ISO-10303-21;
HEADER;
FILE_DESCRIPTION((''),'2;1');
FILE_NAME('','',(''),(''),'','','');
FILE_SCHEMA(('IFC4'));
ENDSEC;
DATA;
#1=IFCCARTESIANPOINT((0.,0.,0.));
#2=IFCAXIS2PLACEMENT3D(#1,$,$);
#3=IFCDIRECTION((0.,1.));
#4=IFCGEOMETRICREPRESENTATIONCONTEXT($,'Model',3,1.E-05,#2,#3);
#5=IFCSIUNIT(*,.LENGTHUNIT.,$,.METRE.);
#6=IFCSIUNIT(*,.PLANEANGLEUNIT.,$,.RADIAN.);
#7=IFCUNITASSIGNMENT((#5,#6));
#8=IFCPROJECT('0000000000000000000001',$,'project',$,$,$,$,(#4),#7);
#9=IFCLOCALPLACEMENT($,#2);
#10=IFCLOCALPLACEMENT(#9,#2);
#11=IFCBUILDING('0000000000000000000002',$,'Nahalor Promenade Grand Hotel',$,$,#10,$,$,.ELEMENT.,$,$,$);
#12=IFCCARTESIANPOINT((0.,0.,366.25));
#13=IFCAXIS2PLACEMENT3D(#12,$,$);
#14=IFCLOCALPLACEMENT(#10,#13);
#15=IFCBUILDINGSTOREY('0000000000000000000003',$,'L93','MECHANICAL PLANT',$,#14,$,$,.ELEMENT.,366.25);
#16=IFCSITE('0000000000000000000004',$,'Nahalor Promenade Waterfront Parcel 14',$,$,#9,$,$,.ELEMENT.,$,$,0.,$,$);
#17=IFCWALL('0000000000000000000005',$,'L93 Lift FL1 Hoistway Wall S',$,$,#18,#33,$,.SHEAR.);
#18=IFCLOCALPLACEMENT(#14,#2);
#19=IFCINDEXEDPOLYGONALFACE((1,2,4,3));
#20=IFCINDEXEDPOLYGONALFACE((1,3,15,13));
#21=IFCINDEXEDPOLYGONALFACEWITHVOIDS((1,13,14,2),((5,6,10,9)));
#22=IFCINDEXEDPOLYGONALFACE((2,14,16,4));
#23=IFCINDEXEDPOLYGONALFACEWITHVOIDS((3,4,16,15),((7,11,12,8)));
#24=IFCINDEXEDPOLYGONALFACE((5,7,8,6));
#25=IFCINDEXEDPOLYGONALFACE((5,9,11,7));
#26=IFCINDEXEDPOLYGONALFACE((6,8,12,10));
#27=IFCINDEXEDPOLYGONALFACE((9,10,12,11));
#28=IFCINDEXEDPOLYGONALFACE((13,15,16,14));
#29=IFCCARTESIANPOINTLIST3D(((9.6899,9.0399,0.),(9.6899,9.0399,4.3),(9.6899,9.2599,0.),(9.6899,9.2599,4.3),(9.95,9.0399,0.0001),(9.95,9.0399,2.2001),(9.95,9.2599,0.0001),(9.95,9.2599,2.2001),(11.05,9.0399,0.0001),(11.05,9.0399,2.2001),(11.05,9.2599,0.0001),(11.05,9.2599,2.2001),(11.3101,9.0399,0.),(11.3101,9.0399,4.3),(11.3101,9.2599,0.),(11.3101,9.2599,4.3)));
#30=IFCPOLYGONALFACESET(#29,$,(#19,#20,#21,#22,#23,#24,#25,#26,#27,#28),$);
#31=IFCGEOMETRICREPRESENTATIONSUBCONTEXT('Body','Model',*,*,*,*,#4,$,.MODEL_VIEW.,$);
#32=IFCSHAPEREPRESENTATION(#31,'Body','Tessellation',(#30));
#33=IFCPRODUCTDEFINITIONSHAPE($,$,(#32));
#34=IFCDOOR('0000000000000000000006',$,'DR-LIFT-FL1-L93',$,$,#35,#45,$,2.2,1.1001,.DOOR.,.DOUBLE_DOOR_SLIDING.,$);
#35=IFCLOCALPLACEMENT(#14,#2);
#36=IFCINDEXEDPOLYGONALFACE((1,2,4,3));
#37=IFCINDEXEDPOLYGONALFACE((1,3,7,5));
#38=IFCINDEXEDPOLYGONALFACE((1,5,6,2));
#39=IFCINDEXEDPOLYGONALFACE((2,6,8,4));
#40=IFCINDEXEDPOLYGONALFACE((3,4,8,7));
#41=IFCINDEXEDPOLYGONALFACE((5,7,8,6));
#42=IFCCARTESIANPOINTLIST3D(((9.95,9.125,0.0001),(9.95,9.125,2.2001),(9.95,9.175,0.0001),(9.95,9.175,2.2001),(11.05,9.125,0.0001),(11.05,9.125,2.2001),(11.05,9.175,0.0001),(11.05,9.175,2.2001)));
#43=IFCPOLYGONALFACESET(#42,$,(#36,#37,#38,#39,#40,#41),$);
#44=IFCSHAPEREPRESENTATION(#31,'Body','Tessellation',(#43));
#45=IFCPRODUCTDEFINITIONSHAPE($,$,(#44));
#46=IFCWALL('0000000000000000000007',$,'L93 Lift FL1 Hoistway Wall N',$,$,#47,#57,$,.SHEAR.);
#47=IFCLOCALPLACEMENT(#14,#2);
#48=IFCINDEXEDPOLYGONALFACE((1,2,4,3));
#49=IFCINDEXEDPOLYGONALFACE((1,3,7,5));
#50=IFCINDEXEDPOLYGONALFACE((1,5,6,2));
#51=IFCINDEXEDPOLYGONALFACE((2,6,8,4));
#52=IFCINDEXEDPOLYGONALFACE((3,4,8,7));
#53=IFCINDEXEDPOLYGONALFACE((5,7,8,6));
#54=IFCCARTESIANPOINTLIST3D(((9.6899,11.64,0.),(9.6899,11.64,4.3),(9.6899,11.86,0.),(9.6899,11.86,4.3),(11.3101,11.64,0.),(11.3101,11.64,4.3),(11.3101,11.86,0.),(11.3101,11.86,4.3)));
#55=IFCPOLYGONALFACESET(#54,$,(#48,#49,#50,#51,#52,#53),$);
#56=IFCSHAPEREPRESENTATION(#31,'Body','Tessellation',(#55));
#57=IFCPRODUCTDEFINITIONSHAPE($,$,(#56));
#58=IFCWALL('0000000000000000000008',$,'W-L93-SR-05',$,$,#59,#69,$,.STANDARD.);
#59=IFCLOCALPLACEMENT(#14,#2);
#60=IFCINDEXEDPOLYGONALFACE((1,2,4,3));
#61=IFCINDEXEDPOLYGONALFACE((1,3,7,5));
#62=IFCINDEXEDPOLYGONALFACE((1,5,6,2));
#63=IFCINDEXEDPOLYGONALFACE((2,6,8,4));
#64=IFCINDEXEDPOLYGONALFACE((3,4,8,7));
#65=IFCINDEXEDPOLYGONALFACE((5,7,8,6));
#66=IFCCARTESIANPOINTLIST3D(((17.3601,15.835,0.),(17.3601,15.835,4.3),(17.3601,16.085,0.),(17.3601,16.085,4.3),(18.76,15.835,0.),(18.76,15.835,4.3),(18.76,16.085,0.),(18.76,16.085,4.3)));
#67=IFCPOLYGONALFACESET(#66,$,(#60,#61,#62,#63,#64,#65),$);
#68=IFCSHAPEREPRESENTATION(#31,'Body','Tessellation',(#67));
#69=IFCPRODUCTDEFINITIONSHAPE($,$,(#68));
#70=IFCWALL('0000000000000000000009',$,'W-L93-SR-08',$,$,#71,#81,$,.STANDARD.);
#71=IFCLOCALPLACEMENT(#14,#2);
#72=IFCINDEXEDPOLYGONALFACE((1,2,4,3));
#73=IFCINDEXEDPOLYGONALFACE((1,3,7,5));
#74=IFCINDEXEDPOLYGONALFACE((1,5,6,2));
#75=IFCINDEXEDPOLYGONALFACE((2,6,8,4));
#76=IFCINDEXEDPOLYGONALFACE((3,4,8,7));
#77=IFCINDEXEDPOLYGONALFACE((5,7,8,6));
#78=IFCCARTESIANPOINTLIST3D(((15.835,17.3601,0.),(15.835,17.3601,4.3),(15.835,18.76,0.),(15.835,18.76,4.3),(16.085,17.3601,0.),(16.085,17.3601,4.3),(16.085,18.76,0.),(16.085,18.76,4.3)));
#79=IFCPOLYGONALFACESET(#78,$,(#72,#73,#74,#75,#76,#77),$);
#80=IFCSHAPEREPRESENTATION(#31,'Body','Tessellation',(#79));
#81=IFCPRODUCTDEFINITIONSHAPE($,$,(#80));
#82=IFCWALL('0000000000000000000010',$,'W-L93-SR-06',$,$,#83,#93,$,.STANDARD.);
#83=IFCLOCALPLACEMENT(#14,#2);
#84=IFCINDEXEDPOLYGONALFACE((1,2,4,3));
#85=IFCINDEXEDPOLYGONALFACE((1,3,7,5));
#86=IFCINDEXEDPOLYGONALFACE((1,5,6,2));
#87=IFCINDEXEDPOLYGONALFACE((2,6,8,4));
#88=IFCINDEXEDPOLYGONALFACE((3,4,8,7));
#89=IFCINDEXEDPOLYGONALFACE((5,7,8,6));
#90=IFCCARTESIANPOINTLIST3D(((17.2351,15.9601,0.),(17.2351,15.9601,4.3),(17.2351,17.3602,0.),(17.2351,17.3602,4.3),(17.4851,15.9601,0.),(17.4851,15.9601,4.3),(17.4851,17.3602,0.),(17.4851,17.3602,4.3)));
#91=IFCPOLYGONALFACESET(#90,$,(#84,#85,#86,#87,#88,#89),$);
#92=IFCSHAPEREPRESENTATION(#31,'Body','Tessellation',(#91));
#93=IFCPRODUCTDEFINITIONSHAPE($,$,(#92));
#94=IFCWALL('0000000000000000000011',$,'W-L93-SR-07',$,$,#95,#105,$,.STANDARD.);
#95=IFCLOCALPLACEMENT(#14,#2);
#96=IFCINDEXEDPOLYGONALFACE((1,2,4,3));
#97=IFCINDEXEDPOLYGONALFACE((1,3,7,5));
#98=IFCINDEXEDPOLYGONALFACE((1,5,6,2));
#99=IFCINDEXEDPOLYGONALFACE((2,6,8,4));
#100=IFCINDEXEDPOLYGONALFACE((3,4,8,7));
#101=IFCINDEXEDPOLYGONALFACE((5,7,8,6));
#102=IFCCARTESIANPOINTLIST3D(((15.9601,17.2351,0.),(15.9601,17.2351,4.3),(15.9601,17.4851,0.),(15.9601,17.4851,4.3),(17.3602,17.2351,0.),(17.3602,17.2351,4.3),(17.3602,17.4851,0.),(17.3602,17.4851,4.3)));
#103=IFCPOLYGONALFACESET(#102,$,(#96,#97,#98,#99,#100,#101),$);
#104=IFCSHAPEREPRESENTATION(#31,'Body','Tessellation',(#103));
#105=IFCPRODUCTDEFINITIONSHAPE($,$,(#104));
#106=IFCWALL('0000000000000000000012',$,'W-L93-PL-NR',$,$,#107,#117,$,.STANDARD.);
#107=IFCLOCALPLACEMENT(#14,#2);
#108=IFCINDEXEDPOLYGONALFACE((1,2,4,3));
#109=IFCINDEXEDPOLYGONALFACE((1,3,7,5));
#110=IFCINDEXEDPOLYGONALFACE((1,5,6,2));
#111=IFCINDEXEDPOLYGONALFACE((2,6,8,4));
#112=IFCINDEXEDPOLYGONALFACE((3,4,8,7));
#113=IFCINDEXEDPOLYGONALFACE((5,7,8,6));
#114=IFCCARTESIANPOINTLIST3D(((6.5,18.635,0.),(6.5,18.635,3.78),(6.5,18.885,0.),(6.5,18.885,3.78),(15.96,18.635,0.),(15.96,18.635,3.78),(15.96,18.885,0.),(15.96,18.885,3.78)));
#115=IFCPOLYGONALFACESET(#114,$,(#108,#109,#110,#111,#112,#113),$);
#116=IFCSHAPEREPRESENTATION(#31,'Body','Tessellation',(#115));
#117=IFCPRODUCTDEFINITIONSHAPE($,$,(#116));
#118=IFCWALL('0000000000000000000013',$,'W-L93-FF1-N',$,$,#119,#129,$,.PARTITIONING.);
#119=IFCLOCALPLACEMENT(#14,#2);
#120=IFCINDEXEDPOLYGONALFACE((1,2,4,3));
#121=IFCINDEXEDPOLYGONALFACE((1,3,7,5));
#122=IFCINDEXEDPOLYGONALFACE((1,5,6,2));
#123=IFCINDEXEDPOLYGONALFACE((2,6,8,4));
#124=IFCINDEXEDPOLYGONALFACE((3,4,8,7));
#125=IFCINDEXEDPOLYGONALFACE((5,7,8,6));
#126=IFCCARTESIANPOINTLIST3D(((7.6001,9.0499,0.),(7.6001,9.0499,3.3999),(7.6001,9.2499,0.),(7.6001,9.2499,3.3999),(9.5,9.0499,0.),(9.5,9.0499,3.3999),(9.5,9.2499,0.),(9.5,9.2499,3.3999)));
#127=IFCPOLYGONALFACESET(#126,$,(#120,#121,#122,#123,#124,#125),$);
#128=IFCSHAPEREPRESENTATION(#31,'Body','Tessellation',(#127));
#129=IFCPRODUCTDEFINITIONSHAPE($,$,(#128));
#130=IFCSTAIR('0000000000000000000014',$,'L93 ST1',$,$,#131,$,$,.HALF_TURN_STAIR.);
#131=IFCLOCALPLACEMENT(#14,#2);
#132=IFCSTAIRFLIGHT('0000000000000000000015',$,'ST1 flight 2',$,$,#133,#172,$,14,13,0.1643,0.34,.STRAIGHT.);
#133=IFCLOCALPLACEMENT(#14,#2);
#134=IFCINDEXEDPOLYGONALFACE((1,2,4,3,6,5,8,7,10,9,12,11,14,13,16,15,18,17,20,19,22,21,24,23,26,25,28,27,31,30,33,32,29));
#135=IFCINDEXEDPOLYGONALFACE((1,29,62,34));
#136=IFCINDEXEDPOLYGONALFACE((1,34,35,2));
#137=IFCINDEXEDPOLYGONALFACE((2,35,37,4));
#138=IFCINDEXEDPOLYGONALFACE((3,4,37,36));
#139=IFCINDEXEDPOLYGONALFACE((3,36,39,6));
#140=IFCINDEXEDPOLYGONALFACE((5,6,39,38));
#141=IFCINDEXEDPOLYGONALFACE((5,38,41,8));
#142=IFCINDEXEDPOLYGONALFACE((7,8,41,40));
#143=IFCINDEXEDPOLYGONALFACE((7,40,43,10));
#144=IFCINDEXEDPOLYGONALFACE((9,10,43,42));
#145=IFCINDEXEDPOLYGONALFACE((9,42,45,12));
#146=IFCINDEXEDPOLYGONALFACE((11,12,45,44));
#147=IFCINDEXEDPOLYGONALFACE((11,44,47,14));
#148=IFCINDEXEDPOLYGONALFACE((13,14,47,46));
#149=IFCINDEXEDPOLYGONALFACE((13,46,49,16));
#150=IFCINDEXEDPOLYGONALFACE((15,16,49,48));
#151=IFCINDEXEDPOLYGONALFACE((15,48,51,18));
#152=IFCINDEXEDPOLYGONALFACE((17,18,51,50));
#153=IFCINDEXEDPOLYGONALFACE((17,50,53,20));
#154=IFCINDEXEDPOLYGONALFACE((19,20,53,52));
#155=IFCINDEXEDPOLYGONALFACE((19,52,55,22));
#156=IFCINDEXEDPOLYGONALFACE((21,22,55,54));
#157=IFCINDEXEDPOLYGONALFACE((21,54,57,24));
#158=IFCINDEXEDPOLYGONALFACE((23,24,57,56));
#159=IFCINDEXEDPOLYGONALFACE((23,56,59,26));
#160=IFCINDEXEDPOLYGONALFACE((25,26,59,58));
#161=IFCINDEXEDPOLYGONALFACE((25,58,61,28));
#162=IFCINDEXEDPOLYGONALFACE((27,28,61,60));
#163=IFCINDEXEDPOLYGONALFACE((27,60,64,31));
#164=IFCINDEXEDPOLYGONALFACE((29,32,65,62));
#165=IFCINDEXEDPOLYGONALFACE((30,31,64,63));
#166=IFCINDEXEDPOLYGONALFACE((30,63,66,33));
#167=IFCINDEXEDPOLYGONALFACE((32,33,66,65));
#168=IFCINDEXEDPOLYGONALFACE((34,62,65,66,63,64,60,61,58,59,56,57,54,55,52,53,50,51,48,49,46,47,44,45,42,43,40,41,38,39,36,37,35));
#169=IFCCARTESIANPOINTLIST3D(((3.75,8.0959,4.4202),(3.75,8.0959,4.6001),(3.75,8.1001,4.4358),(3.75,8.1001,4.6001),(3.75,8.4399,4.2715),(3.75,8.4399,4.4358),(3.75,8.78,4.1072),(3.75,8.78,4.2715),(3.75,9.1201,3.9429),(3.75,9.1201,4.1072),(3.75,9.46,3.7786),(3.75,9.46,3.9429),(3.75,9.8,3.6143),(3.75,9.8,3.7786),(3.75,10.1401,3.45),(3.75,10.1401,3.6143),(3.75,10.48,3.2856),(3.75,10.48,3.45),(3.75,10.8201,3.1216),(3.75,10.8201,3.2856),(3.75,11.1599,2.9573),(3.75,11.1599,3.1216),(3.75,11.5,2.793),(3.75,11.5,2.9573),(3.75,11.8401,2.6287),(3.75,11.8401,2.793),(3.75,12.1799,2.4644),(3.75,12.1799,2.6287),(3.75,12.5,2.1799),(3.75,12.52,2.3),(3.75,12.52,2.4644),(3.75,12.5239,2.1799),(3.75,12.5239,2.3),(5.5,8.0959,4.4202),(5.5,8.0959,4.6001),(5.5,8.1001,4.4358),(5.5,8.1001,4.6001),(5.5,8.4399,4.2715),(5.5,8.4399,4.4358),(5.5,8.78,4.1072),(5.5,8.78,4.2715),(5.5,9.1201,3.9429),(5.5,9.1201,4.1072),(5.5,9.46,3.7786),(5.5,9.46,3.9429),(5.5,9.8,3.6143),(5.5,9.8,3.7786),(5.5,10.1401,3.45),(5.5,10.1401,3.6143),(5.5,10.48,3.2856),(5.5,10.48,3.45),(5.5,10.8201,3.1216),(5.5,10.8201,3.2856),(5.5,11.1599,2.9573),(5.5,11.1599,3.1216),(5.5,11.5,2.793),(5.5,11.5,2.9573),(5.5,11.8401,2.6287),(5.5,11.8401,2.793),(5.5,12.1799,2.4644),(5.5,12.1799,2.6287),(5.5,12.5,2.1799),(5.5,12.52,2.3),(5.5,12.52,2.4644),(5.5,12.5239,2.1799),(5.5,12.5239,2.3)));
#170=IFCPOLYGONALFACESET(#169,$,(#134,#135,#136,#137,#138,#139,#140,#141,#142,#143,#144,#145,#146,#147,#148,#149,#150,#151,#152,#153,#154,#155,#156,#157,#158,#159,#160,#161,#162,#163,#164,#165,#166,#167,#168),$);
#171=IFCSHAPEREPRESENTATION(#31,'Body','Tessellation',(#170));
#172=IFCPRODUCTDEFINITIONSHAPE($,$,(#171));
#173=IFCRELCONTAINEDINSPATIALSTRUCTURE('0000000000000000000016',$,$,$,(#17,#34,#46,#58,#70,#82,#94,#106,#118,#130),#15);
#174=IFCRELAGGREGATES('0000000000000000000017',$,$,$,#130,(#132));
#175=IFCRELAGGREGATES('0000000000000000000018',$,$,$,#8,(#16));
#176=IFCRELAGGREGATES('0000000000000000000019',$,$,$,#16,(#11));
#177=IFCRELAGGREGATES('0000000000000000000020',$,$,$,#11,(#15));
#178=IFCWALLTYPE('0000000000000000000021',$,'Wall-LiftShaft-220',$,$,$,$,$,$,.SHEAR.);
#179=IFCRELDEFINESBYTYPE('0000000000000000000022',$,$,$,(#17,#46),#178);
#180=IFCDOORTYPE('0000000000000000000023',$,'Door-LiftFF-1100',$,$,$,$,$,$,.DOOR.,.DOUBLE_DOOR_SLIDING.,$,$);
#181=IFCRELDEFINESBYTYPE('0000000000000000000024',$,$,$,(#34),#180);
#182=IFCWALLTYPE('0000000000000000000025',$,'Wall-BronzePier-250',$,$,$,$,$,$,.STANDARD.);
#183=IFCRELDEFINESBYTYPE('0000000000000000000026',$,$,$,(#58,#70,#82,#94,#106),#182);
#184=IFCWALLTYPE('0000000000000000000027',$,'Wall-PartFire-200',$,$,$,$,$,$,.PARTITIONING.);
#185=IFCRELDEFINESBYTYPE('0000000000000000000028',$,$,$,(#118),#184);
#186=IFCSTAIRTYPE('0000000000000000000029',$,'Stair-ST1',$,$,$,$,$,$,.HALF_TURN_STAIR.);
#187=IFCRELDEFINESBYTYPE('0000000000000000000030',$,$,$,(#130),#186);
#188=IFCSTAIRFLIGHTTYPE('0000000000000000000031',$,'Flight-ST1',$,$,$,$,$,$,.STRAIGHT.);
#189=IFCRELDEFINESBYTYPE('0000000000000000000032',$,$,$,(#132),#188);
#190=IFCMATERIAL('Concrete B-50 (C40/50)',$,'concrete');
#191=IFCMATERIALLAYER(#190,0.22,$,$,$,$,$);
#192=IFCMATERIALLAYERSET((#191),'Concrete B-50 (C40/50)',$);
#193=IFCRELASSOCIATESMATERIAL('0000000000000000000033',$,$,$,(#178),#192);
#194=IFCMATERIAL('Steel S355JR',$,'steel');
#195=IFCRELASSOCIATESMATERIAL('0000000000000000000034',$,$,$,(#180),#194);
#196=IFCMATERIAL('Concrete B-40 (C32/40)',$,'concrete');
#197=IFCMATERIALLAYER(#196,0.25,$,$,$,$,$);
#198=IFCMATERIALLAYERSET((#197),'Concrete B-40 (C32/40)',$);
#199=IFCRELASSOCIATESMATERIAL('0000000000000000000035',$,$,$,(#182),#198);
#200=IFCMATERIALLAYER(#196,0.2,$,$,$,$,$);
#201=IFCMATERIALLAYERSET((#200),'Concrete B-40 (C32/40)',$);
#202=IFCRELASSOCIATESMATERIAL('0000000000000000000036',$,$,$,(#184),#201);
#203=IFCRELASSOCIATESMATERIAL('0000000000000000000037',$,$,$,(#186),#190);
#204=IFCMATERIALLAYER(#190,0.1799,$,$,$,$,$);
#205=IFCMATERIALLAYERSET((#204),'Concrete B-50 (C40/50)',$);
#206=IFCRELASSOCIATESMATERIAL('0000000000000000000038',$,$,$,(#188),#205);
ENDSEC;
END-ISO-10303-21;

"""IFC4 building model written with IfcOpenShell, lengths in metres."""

from ifc_helpers import new_model, si_unit, direction, frame, frame_2d, origin, place, context, subcontext, project, spatial, polyline, rectangle, outline, extrude, source, transform, mapped, material, layer, layer_set, type_object, element, fill, aggregate, save


model = new_model("IFC4")

# Units and contexts
model_context = context("Model", 3, precision=1e-05, world=origin(), true_north=direction((0.0, 1.0)))
body_context = subcontext(model_context, "Body", "Model", "MODEL_VIEW")
ifc_project = project(units=[si_unit("LENGTHUNIT", "METRE"), si_unit("PLANEANGLEUNIT", "RADIAN")], contexts=[model_context])

# Site, building, storey
site_placement = place(None, origin())
site = spatial("IfcSite", under=ifc_project, at=site_placement, Name="Nahalor Promenade Waterfront Parcel 14", CompositionType="ELEMENT", RefElevation=0.0)
building_placement = place(site_placement, origin())
building = spatial("IfcBuilding", under=site, at=building_placement, Name="Nahalor Promenade Grand Hotel", CompositionType="ELEMENT")
storey_placement = place(building_placement, frame((0.0, 0.0, 366.25)))
storey = spatial("IfcBuildingStorey", under=building, at=storey_placement, Name="L93", Description="MECHANICAL PLANT", CompositionType="ELEMENT", Elevation=366.25)

# Shared definitions
ifc_material_1 = material(Name="Concrete B-50 (C40/50)", Category="concrete")

# Shared definitions
ifc_material_2 = material(Name="Steel S355JR", Category="steel")

# Shared definitions
ifc_layer_1 = layer(ifc_material_1, 0.22)
ifc_layer_set_1 = layer_set([ifc_layer_1], Name="Concrete B-50 (C40/50)")
wall_type_1 = type_object("IfcWallType", Name="Wall-LiftShaft-220", PredefinedType="SHEAR", material=ifc_layer_set_1)

# Wall, opening, door
shared_shape_1 = source(origin(), body_context, "Body", "SweptSolid", [
    extrude(rectangle(XDim=1.6201, YDim=0.22, at=frame_2d((0.8101, 0.0))), origin(), (0.0, 0.0, 1.0), 4.3),
])
wall_1_placement = place(storey_placement, frame((9.6899, 9.1499, 0.0), z_axis=(0.0, 0.0, 1.0), x_axis=(1.0, 0.0, 0.0)))
wall_1 = element("IfcWall", 1, at=wall_1_placement, inside=storey, type_object=wall_type_1, Name="L93 Lift FL1 Hoistway Wall S", PredefinedType="SHEAR", context=body_context, shape_type="MappedRepresentation", body=[
    mapped(shared_shape_1, transform((0.0, 0.0, 0.0), scale=1.0)),
])
opening_placement = place(wall_1_placement, frame((0.26, 0.0, 0.0)))
opening = element("IfcOpeningElement", 2, at=opening_placement, cuts=wall_1, PredefinedType="OPENING", context=body_context, shape_type="SweptSolid", body=[
    extrude(rectangle(XDim=1.1001, YDim=2.2, at=frame_2d((0.55, 1.1001))), frame((0.0, 0.1199, 0.0), z_axis=(0.0, -1.0, 0.0), x_axis=(1.0, 0.0, 0.0)), (0.0, 0.0, 1.0), 0.24),
])
door_type = type_object("IfcDoorType", Name="Door-LiftFF-1100", OperationType="DOUBLE_DOOR_SLIDING", PredefinedType="DOOR", material=ifc_material_2)
shared_shape_2 = source(origin(), body_context, "Body", "SweptSolid", [
    extrude(rectangle(XDim=1.1001, YDim=2.2, at=frame_2d((0.55, 1.1001))), frame((0.0, 0.0249, 0.0), z_axis=(0.0, -1.0, 0.0), x_axis=(1.0, 0.0, 0.0)), (0.0, 0.0, 1.0), 0.05),
])
door_placement = place(opening_placement, frame((1.1001, 0.0, 0.0), z_axis=(0.0, 0.0, 1.0), x_axis=(-1.0, 0.0, 0.0)))
door = element("IfcDoor", 3, at=door_placement, inside=storey, type_object=door_type, Name="DR-LIFT-FL1-L93", OperationType="DOUBLE_DOOR_SLIDING", OverallHeight=2.2, OverallWidth=1.1001, PredefinedType="DOOR", context=body_context, shape_type="MappedRepresentation", body=[
    mapped(shared_shape_2, transform((0.0, 0.0, 0.0), scale=1.0)),
])
fill(opening, door)

# Walls
wall_2_placement = place(storey_placement, frame((9.6899, 11.75, 0.0), z_axis=(0.0, 0.0, 1.0), x_axis=(1.0, 0.0, 0.0)))
element("IfcWall", 4, at=wall_2_placement, inside=storey, type_object=wall_type_1, Name="L93 Lift FL1 Hoistway Wall N", PredefinedType="SHEAR", context=body_context, shape_type="MappedRepresentation", body=[
    mapped(shared_shape_1, transform((0.0, 0.0, 0.0), scale=1.0)),
])
ifc_material_3 = material(Name="Concrete B-40 (C32/40)", Category="concrete")
ifc_layer_2 = layer(ifc_material_3, 0.25)
ifc_layer_set_2 = layer_set([ifc_layer_2], Name="Concrete B-40 (C32/40)")
wall_type_2 = type_object("IfcWallType", Name="Wall-BronzePier-250", PredefinedType="STANDARD", material=ifc_layer_set_2)
shared_shape_3 = source(origin(), body_context, "Body", "SweptSolid", [
    extrude(rectangle(XDim=1.3999, YDim=0.25, at=frame_2d((0.7, 0.0))), origin(), (0.0, 0.0, 1.0), 4.3),
])
for number, where, z_axis, x_axis, name in (
    (5, (17.3601, 15.96, 0.0), (0.0, 0.0, 1.0), (1.0, 0.0, 0.0), "W-L93-SR-05"),
    (6, (15.96, 17.3601, 0.0), (0.0, 0.0, 1.0), (0.0, 1.0, 0.0), "W-L93-SR-08"),
):
    element("IfcWall", number, at=place(storey_placement, frame(where, z_axis=z_axis, x_axis=x_axis)), inside=storey, type_object=wall_type_2, Name=name, PredefinedType="STANDARD", context=body_context, shape_type="MappedRepresentation", body=[
        mapped(shared_shape_3, transform((0.0, 0.0, 0.0), scale=1.0)),
    ])
shared_shape_4 = source(origin(), body_context, "Body", "SweptSolid", [
    extrude(rectangle(XDim=1.4001, YDim=0.25, at=frame_2d((0.7002, 0.0))), origin(), (0.0, 0.0, 1.0), 4.3),
])
for number, where, z_axis, x_axis, name in (
    (7, (17.3601, 15.96, 0.0), (0.0, 0.0, 1.0), (0.0, 1.0, 0.0), "W-L93-SR-06"),
    (8, (15.96, 17.3601, 0.0), (0.0, 0.0, 1.0), (1.0, 0.0, 0.0), "W-L93-SR-07"),
):
    element("IfcWall", number, at=place(storey_placement, frame(where, z_axis=z_axis, x_axis=x_axis)), inside=storey, type_object=wall_type_2, Name=name, PredefinedType="STANDARD", context=body_context, shape_type="MappedRepresentation", body=[
        mapped(shared_shape_4, transform((0.0, 0.0, 0.0), scale=1.0)),
    ])
shared_shape_5 = source(origin(), body_context, "Body", "SweptSolid", [
    extrude(rectangle(XDim=9.46, YDim=0.25, at=frame_2d((4.73, 0.0))), origin(), (0.0, 0.0, 1.0), 3.78),
])
wall_3_placement = place(storey_placement, frame((6.5, 18.76, 0.0), z_axis=(0.0, 0.0, 1.0), x_axis=(1.0, 0.0, 0.0)))
element("IfcWall", 9, at=wall_3_placement, inside=storey, type_object=wall_type_2, Name="W-L93-PL-NR", PredefinedType="STANDARD", context=body_context, shape_type="MappedRepresentation", body=[
    mapped(shared_shape_5, transform((0.0, 0.0, 0.0), scale=1.0)),
])
ifc_layer_3 = layer(ifc_material_3, 0.2)
ifc_layer_set_3 = layer_set([ifc_layer_3], Name="Concrete B-40 (C32/40)")
wall_type_3 = type_object("IfcWallType", Name="Wall-PartFire-200", PredefinedType="PARTITIONING", material=ifc_layer_set_3)
shared_shape_6 = source(origin(), body_context, "Body", "SweptSolid", [
    extrude(rectangle(XDim=1.8999, YDim=0.2, at=frame_2d((0.95, 0.0))), origin(), (0.0, 0.0, 1.0), 3.3999),
])
wall_4_placement = place(storey_placement, frame((7.6001, 9.1499, 0.0), z_axis=(0.0, 0.0, 1.0), x_axis=(1.0, 0.0, 0.0)))
element("IfcWall", 10, at=wall_4_placement, inside=storey, type_object=wall_type_3, Name="W-L93-FF1-N", PredefinedType="PARTITIONING", context=body_context, shape_type="MappedRepresentation", body=[
    mapped(shared_shape_6, transform((0.0, 0.0, 0.0), scale=1.0)),
])

# Stair, stair flight
stair_type = type_object("IfcStairType", Name="Stair-ST1", PredefinedType="HALF_TURN_STAIR", material=ifc_material_1)
stair_placement = place(storey_placement, origin())
stair = element("IfcStair", 11, at=stair_placement, inside=storey, type_object=stair_type, Name="L93 ST1", PredefinedType="HALF_TURN_STAIR")
ifc_layer_4 = layer(ifc_material_1, 0.1799)
ifc_layer_set_4 = layer_set([ifc_layer_4], Name="Concrete B-50 (C40/50)")
stair_flight_type = type_object("IfcStairFlightType", Name="Flight-ST1", PredefinedType="STRAIGHT", material=ifc_layer_set_4)
shared_shape_7 = source(origin(), body_context, "Body", "SweptSolid", [
    extrude(outline(polyline([(-0.0039, -0.1201), (-0.0039, 0.0), (0.0, 0.0), (0.0, 0.1643), (0.3401, 0.1643), (0.3401, 0.3286), (0.6799, 0.3286), (0.6799, 0.4929), (1.02, 0.4929), (1.02, 0.6572), (1.3601, 0.6572), (1.3601, 0.8215), (1.7, 0.8215), (1.7, 0.9856), (2.04, 0.9856), (2.04, 1.1499), (2.3799, 1.1499), (2.3799, 1.3142), (2.72, 1.3142), (2.72, 1.4785), (3.0601, 1.4785), (3.0601, 1.6428), (3.3999, 1.6428), (3.3999, 1.8071), (3.74, 1.8071), (3.74, 1.9714), (4.0801, 1.9714), (4.0801, 2.1357), (4.4199, 2.1357), (4.4199, 2.3), (4.4241, 2.3), (4.4241, 2.1201), (0.02, -0.1201), (-0.0039, -0.1201)])), frame((0.0, 0.875, 0.0), z_axis=(0.0, -1.0, 0.0), x_axis=(1.0, 0.0, 0.0)), (0.0, 0.0, 1.0), 1.75),
])
stair_flight_placement = place(storey_placement, frame((4.625, 12.52, 2.3), z_axis=(0.0, 0.0, 1.0), x_axis=(0.0, -1.0, 0.0)))
stair_flight = element("IfcStairFlight", 12, at=stair_flight_placement, type_object=stair_flight_type, Name="ST1 flight 2", NumberOfRisers=14, NumberOfTreads=13, PredefinedType="STRAIGHT", RiserHeight=0.1643, TreadLength=0.34, context=body_context, shape_type="MappedRepresentation", body=[
    mapped(shared_shape_7, transform((0.0, 0.0, 0.0), scale=1.0)),
])
aggregate(stair, [stair_flight])

save(model, "model.ifc")
